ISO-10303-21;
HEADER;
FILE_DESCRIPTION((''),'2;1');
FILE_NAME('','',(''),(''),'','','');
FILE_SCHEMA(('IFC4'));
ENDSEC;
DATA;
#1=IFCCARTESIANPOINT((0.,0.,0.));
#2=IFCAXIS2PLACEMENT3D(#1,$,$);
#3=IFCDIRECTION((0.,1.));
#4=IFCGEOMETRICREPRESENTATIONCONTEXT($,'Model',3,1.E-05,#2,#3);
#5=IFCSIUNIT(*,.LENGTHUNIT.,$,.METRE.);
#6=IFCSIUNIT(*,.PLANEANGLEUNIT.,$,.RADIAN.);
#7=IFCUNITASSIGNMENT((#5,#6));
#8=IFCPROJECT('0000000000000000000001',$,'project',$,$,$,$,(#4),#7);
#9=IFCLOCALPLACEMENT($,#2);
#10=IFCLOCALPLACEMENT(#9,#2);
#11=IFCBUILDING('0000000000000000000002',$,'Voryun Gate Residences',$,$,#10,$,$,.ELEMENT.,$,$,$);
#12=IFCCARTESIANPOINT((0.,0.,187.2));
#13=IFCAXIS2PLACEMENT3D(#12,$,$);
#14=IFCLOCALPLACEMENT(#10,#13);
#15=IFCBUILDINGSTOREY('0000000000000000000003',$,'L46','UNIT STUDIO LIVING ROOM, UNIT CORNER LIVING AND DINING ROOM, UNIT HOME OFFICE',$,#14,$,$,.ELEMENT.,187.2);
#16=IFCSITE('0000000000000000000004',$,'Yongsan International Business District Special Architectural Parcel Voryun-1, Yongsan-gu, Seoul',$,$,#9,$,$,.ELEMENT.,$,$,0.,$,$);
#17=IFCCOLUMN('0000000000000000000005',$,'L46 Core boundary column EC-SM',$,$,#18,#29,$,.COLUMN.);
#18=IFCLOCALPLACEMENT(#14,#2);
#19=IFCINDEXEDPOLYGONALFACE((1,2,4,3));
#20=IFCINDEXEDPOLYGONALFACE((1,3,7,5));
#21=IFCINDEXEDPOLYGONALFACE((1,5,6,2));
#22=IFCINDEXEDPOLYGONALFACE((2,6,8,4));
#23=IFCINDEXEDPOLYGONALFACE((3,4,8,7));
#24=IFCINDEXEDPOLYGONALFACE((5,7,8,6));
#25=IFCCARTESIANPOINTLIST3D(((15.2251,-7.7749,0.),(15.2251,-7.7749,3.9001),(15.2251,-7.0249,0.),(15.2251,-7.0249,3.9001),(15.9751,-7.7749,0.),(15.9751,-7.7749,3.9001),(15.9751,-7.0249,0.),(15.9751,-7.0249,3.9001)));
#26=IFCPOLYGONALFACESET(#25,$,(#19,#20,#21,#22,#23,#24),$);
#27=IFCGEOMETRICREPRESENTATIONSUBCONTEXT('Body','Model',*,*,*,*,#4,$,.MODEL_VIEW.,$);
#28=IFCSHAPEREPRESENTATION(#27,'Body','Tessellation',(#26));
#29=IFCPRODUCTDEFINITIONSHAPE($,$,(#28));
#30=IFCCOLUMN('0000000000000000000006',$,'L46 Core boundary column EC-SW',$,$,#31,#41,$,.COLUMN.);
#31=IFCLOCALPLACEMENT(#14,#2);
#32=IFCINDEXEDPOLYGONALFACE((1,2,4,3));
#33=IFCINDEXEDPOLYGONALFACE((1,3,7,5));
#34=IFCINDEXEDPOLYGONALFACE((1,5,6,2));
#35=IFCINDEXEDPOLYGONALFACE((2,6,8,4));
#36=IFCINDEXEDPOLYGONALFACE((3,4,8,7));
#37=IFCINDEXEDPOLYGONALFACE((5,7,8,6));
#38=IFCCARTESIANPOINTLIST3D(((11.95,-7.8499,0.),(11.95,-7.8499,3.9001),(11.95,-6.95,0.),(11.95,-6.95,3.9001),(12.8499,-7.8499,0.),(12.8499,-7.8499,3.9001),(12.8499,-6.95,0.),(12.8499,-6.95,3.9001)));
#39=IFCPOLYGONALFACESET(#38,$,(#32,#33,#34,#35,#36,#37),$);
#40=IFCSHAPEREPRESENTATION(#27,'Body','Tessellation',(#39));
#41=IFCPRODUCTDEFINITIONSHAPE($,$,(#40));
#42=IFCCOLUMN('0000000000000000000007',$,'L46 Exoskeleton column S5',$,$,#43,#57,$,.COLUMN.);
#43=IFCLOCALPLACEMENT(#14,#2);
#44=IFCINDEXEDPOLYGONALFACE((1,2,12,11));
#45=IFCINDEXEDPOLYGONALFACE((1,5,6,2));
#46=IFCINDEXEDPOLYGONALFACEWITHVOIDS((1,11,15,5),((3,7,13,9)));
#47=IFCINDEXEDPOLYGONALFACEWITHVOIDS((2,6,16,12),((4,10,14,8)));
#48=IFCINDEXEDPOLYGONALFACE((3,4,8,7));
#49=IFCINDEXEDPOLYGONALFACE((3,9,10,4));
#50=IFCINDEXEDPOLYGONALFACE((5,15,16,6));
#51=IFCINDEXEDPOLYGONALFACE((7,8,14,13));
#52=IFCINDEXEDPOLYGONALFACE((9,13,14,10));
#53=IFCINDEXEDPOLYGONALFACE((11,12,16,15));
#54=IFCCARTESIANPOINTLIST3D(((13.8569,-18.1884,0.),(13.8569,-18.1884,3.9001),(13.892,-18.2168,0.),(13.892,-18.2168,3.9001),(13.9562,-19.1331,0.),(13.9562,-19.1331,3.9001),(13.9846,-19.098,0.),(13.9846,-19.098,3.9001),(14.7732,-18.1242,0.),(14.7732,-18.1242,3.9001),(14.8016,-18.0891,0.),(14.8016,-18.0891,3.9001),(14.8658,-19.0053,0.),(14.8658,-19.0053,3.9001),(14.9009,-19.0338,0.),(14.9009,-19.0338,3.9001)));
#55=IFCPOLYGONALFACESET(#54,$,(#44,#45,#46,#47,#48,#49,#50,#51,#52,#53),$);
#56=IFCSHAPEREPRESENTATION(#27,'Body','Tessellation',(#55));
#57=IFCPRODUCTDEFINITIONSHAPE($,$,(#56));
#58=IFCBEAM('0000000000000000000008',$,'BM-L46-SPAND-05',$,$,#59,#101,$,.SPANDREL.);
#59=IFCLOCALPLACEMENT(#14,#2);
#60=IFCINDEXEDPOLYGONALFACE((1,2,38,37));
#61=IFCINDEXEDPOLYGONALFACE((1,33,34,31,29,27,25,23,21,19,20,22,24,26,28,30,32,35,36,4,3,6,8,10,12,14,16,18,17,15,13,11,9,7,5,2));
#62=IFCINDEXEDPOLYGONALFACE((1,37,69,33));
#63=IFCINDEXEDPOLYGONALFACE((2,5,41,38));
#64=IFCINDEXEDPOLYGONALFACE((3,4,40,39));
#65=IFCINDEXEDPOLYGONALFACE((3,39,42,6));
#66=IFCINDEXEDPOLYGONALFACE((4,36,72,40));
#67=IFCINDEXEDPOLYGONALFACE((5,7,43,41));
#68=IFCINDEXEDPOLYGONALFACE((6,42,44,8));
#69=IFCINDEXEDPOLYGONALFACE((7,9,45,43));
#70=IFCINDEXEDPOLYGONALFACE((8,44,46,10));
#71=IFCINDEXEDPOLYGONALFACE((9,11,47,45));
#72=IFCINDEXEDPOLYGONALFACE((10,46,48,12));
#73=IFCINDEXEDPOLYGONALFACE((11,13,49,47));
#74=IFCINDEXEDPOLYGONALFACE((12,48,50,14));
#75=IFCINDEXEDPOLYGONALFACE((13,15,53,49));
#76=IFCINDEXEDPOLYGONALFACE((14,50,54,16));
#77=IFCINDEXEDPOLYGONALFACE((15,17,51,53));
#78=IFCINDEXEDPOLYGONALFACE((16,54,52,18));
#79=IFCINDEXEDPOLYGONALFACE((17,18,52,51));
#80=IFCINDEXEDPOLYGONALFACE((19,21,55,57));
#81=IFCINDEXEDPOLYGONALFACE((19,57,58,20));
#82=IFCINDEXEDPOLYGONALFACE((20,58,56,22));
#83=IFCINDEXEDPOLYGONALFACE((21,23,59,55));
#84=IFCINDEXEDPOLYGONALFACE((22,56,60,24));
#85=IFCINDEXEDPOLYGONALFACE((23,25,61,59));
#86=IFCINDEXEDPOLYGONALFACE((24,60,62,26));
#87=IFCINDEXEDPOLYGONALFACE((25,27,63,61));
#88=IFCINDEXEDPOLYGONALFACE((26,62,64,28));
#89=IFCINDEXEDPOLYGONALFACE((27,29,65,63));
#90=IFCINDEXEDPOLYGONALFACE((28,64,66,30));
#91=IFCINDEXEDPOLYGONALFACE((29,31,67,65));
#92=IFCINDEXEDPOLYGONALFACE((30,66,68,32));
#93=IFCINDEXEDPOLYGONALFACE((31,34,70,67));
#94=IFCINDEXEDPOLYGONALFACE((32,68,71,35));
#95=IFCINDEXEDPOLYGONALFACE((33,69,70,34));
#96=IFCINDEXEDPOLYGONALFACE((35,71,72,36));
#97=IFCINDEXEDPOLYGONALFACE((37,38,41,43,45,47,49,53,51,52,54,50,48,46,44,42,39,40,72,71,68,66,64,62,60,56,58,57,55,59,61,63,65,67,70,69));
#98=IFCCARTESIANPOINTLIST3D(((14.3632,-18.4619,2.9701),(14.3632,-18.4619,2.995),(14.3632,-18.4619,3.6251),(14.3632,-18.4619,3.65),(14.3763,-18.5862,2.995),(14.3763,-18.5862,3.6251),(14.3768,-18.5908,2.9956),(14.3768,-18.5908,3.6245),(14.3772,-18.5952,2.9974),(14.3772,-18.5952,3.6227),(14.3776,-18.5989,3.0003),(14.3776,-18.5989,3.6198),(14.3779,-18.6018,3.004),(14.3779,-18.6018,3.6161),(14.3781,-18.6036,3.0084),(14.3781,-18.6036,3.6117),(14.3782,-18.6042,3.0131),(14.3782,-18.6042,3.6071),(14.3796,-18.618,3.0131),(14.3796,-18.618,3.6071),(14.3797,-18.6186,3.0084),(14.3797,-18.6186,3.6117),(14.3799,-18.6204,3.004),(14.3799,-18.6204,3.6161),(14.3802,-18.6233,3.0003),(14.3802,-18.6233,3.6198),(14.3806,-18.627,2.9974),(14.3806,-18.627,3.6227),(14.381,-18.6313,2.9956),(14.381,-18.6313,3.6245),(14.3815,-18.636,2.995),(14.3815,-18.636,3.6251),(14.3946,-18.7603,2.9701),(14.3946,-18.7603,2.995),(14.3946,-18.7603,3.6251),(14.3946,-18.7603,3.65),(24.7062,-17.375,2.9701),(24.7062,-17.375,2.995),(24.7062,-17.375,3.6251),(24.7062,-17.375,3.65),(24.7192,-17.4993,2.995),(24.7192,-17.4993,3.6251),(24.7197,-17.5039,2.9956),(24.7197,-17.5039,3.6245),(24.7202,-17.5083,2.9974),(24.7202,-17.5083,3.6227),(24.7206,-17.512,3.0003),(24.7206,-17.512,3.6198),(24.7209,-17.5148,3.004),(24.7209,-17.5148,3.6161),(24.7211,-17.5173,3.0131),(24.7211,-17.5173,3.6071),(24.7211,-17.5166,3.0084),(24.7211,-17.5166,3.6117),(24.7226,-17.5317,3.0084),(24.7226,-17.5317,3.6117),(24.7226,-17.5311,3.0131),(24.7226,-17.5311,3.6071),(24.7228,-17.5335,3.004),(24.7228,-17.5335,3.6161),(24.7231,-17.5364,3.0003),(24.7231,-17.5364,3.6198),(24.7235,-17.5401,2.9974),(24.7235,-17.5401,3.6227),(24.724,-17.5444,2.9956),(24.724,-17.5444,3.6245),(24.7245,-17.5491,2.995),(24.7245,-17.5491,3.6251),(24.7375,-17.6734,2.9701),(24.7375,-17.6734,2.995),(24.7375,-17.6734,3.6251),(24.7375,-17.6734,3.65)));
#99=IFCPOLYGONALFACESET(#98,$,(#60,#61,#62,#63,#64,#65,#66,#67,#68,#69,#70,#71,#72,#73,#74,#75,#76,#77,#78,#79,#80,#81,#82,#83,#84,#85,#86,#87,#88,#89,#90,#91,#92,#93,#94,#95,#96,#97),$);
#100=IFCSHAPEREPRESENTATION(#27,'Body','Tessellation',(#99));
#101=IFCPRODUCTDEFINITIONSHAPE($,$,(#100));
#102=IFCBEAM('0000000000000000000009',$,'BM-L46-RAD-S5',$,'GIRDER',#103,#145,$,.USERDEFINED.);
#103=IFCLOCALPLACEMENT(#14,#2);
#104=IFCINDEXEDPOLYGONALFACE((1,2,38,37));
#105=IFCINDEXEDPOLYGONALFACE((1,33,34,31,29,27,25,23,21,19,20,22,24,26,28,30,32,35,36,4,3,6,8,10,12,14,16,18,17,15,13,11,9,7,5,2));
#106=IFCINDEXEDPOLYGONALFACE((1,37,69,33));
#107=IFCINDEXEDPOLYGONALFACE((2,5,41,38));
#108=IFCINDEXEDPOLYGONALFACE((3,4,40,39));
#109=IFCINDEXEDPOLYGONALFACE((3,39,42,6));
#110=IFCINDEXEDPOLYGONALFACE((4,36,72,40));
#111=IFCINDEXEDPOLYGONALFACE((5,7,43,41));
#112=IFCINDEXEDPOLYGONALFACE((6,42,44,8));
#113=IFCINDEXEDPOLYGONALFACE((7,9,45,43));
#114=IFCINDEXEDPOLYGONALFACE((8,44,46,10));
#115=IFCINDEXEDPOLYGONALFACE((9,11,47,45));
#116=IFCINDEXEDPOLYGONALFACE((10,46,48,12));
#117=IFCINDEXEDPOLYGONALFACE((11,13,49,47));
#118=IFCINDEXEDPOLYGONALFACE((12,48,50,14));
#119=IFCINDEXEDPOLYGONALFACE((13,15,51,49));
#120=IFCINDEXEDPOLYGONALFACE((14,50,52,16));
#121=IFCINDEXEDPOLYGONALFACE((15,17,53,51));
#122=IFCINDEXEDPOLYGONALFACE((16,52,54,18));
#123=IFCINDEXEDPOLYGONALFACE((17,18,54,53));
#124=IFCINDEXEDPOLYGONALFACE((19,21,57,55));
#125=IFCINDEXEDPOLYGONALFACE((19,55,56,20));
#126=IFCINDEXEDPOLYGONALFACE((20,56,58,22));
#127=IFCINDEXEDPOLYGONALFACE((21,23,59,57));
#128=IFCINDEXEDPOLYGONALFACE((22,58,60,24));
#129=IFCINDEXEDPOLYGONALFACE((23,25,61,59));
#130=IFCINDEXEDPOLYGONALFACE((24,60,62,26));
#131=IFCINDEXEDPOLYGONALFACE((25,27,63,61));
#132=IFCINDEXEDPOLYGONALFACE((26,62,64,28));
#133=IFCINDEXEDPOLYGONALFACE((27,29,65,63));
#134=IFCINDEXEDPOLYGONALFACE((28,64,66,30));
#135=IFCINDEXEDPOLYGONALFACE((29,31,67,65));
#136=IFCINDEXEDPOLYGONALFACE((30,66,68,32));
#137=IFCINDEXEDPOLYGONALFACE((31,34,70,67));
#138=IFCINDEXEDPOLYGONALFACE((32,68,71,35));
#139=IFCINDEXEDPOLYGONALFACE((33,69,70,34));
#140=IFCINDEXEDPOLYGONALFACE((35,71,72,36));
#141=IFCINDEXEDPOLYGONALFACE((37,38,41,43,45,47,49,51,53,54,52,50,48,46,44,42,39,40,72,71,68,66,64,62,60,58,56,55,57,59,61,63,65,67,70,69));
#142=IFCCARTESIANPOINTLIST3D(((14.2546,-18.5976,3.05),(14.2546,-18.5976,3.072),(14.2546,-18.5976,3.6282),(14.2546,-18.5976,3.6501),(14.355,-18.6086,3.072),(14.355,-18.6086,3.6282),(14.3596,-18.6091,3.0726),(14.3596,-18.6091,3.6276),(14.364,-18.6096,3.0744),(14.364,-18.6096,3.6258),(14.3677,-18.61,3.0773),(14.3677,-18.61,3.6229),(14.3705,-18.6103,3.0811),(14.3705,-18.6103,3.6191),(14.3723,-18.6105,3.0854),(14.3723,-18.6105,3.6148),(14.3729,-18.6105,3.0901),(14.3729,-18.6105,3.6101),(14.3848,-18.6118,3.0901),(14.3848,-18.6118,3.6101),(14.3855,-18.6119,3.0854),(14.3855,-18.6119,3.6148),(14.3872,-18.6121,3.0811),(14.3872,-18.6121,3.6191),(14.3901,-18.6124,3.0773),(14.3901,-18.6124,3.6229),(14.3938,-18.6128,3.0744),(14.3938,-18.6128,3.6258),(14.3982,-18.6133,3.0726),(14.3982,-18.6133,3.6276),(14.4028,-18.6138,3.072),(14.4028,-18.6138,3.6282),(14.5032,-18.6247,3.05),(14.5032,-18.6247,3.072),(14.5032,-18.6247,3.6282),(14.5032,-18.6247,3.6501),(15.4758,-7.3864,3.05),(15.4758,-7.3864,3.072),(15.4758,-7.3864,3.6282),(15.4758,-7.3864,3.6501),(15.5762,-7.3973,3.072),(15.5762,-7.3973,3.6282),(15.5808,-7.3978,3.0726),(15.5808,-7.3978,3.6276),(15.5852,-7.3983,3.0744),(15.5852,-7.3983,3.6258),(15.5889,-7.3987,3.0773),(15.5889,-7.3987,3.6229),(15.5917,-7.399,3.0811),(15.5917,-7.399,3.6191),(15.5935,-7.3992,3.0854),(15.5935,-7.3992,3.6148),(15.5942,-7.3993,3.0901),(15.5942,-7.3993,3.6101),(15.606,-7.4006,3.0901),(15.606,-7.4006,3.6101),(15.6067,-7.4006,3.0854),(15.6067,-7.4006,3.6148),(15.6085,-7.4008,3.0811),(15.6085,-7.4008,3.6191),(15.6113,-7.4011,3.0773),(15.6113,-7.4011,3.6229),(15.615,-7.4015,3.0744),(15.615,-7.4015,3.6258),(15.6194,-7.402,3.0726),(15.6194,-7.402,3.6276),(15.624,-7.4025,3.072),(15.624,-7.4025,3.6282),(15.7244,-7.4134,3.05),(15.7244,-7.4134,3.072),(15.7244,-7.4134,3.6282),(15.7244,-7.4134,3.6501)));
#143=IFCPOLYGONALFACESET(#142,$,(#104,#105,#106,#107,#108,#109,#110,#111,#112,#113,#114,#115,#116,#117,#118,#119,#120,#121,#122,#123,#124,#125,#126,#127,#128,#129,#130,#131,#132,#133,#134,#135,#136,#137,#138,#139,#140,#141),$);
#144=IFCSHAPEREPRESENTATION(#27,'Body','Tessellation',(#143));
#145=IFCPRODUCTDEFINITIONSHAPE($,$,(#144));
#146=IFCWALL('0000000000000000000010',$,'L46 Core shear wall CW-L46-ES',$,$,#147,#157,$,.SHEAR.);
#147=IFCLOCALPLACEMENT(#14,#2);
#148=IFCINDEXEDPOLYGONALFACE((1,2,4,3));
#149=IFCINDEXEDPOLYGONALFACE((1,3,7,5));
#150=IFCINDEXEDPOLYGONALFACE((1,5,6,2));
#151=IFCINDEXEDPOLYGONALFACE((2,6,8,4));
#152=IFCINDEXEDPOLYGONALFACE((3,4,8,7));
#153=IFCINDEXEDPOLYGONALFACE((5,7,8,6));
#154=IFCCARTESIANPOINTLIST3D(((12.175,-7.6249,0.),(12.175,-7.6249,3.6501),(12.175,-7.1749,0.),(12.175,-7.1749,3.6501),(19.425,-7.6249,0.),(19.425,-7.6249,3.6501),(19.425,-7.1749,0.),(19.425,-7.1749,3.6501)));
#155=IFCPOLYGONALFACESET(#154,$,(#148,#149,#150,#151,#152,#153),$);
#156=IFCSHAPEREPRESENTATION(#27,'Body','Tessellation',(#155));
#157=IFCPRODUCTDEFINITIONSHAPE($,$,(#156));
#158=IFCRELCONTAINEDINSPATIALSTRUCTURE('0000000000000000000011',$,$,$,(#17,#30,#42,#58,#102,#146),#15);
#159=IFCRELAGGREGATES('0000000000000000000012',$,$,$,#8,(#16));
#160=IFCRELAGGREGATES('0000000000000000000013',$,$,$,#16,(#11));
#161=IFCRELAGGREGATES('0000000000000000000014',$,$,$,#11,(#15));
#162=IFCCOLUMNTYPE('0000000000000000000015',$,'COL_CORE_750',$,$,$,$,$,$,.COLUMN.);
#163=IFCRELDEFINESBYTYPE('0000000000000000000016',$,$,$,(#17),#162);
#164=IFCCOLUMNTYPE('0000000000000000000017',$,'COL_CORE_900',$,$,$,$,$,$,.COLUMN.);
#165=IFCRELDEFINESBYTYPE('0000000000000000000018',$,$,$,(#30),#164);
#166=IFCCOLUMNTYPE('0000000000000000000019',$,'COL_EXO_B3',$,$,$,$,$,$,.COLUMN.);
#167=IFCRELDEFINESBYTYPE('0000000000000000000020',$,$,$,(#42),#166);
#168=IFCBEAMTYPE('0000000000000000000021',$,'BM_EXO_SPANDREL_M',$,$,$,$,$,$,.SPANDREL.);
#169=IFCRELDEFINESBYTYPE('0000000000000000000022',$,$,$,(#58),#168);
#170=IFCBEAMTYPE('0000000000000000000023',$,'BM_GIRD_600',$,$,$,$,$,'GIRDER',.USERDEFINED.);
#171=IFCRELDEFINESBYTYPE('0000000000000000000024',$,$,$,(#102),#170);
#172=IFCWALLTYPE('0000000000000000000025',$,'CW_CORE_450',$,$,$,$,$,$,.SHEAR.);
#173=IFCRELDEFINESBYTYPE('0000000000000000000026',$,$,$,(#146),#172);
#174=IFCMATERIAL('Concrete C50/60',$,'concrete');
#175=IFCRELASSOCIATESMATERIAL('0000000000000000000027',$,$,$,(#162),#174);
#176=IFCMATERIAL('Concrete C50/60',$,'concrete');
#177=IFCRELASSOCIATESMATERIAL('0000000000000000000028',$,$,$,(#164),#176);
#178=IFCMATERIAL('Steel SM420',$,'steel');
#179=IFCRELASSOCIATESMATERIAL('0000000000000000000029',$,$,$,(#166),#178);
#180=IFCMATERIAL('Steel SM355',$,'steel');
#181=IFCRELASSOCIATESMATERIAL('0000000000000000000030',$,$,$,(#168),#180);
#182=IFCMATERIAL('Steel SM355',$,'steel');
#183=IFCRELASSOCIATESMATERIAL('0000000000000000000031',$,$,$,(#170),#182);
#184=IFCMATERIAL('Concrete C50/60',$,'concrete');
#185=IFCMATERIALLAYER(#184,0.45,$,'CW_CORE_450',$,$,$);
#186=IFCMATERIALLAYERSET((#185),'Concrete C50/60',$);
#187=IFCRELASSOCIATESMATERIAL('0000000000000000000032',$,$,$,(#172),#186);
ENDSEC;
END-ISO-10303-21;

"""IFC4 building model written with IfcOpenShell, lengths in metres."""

from ifc_helpers import new_model, si_unit, direction, frame, frame_2d, origin, origin_2d, place, context, subcontext, project, spatial, rectangle, hollow_rectangle, i_section, extrude, material, layer, layer_set, material_profile, profile_set, type_object, element, save


model = new_model("IFC4")

# Units and contexts
model_context = context("Model", 3, precision=1e-05, world=origin(), true_north=direction((0.0, 1.0)))
body_context = subcontext(model_context, "Body", "Model", "MODEL_VIEW")
ifc_project = project(units=[si_unit("LENGTHUNIT", "METRE"), si_unit("PLANEANGLEUNIT", "RADIAN")], contexts=[model_context])

# Site, building, storey
site_placement = place(None, origin())
site = spatial("IfcSite", under=ifc_project, at=site_placement, Name="Yongsan International Business District Special Architectural Parcel Voryun-1, Yongsan-gu, Seoul", CompositionType="ELEMENT", RefElevation=0.0)
building_placement = place(site_placement, origin())
building = spatial("IfcBuilding", under=site, at=building_placement, Name="Voryun Gate Residences", CompositionType="ELEMENT")
storey_placement = place(building_placement, frame((0.0, 0.0, 187.2)))
storey = spatial("IfcBuildingStorey", under=building, at=storey_placement, Name="L46", Description="UNIT STUDIO LIVING ROOM, UNIT CORNER LIVING AND DINING ROOM, UNIT HOME OFFICE", CompositionType="ELEMENT", Elevation=187.2)

# Columns
ifc_material_1 = material(Name="Concrete C50/60", Category="concrete")
ifc_material_profile_1 = material_profile(ifc_material_1, rectangle(XDim=0.75, YDim=0.75, at=origin_2d()), Name="RC-750x750")
ifc_profile_set_1 = profile_set([ifc_material_profile_1], Name="Concrete C50/60")
column_type_1 = type_object("IfcColumnType", Name="COL_CORE_750", PredefinedType="COLUMN", material=ifc_profile_set_1)
column_1_placement = place(storey_placement, frame((15.6001, -7.3999, 0.0), z_axis=(0.0, 0.0, 1.0), x_axis=(1.0, 0.0, 0.0)))
element("IfcColumn", 1, at=column_1_placement, inside=storey, type_object=column_type_1, Name="L46 Core boundary column EC-SM", PredefinedType="COLUMN", context=body_context, shape_type="SweptSolid", body=[
    extrude(rectangle(XDim=0.75, YDim=0.75, at=origin_2d()), origin(), (0.0, 0.0, 1.0), 3.9001),
])
ifc_material_2 = material(Name="Concrete C50/60", Category="concrete")
ifc_material_profile_2 = material_profile(ifc_material_2, rectangle(XDim=0.8999, YDim=0.8999, at=origin_2d()), Name="RC-900x900")
ifc_profile_set_2 = profile_set([ifc_material_profile_2], Name="Concrete C50/60")
column_type_2 = type_object("IfcColumnType", Name="COL_CORE_900", PredefinedType="COLUMN", material=ifc_profile_set_2)
column_2_placement = place(storey_placement, frame((12.3999, -7.3999, 0.0), z_axis=(0.0, 0.0, 1.0), x_axis=(1.0, 0.0, 0.0)))
element("IfcColumn", 2, at=column_2_placement, inside=storey, type_object=column_type_2, Name="L46 Core boundary column EC-SW", PredefinedType="COLUMN", context=body_context, shape_type="SweptSolid", body=[
    extrude(rectangle(XDim=0.8999, YDim=0.8999, at=origin_2d()), origin(), (0.0, 0.0, 1.0), 3.9001),
])
ifc_material_3 = material(Name="Steel SM420", Category="steel")
ifc_material_profile_3 = material_profile(ifc_material_3, hollow_rectangle(XDim=0.95, YDim=0.95, WallThickness=0.032, at=origin_2d()), Name="BOX-950x950x32")
ifc_profile_set_3 = profile_set([ifc_material_profile_3], Name="Steel SM420")
column_type_3 = type_object("IfcColumnType", Name="COL_EXO_B3", PredefinedType="COLUMN", material=ifc_profile_set_3)
column_3_placement = place(storey_placement, frame((14.3789, -18.6111, 0.0), z_axis=(0.0, 0.0, 1.0), x_axis=(0.994522, 0.104528, 0.0)))
element("IfcColumn", 3, at=column_3_placement, inside=storey, type_object=column_type_3, Name="L46 Exoskeleton column S5", PredefinedType="COLUMN", context=body_context, shape_type="SweptSolid", body=[
    extrude(hollow_rectangle(XDim=0.95, YDim=0.95, WallThickness=0.032, at=origin_2d()), origin(), (0.0, 0.0, 1.0), 3.9001),
])

# Beams
ifc_material_4 = material(Name="Steel SM355", Category="steel")
ifc_material_profile_4 = material_profile(ifc_material_4, i_section(OverallWidth=0.3, OverallDepth=0.6799, WebThickness=0.0139, FlangeThickness=0.0249, FilletRadius=0.0181, at=origin_2d()), Name="H-680x300x14x25")
ifc_profile_set_4 = profile_set([ifc_material_profile_4], Name="Steel SM355")
beam_type_1 = type_object("IfcBeamType", Name="BM_EXO_SPANDREL_M", PredefinedType="SPANDREL", material=ifc_profile_set_4)
beam_1_placement = place(storey_placement, frame((14.3789, -18.6111, 3.3101), z_axis=(0.994524, 0.104511, 0.0), x_axis=(-0.104511, 0.994524, 0.0)))
element("IfcBeam", 4, at=beam_1_placement, inside=storey, type_object=beam_type_1, Name="BM-L46-SPAND-05", PredefinedType="SPANDREL", context=body_context, shape_type="SweptSolid", body=[
    extrude(i_section(OverallWidth=0.3, OverallDepth=0.6799, WebThickness=0.0139, FlangeThickness=0.0249, FilletRadius=0.0181, at=origin_2d()), origin(), (0.0, 0.0, 1.0), 10.3999),
])
ifc_material_5 = material(Name="Steel SM355", Category="steel")
ifc_material_profile_5 = material_profile(ifc_material_5, i_section(OverallWidth=0.25, OverallDepth=0.6001, WebThickness=0.012, FlangeThickness=0.022, FilletRadius=0.0181, at=origin_2d()), Name="H-600x250x12x22")
ifc_profile_set_5 = profile_set([ifc_material_profile_5], Name="Steel SM355")
beam_type_2 = type_object("IfcBeamType", Name="BM_GIRD_600", ElementType="GIRDER", PredefinedType="USERDEFINED", material=ifc_profile_set_5)
beam_2_placement = place(storey_placement, frame((15.6001, -7.3999, 3.3501), z_axis=(-0.108286, -0.99412, 0.0), x_axis=(0.99412, -0.108286, 0.0)))
element("IfcBeam", 5, at=beam_2_placement, inside=storey, type_object=beam_type_2, Name="BM-L46-RAD-S5", ObjectType="GIRDER", PredefinedType="USERDEFINED", context=body_context, shape_type="SweptSolid", body=[
    extrude(i_section(OverallWidth=0.25, OverallDepth=0.6001, WebThickness=0.012, FlangeThickness=0.022, FilletRadius=0.0181, at=origin_2d()), origin(), (0.0, 0.0, 1.0), 11.2776),
])

# Wall
ifc_material_6 = material(Name="Concrete C50/60", Category="concrete")
ifc_layer_1 = layer(ifc_material_6, 0.45, Name="CW_CORE_450")
ifc_layer_set_1 = layer_set([ifc_layer_1], Name="Concrete C50/60")
wall_type_1 = type_object("IfcWallType", Name="CW_CORE_450", PredefinedType="SHEAR", material=ifc_layer_set_1)
wall_1_placement = place(storey_placement, frame((12.175, -7.3999, 0.0), z_axis=(0.0, 0.0, 1.0), x_axis=(1.0, 0.0, 0.0)))
element("IfcWall", 6, at=wall_1_placement, inside=storey, type_object=wall_type_1, Name="L46 Core shear wall CW-L46-ES", PredefinedType="SHEAR", context=body_context, shape_type="SweptSolid", body=[
    extrude(rectangle(XDim=7.25, YDim=0.45, at=frame_2d((3.625, 0.0))), origin(), (0.0, 0.0, 1.0), 3.6501),
])

save(model, "model.ifc")
